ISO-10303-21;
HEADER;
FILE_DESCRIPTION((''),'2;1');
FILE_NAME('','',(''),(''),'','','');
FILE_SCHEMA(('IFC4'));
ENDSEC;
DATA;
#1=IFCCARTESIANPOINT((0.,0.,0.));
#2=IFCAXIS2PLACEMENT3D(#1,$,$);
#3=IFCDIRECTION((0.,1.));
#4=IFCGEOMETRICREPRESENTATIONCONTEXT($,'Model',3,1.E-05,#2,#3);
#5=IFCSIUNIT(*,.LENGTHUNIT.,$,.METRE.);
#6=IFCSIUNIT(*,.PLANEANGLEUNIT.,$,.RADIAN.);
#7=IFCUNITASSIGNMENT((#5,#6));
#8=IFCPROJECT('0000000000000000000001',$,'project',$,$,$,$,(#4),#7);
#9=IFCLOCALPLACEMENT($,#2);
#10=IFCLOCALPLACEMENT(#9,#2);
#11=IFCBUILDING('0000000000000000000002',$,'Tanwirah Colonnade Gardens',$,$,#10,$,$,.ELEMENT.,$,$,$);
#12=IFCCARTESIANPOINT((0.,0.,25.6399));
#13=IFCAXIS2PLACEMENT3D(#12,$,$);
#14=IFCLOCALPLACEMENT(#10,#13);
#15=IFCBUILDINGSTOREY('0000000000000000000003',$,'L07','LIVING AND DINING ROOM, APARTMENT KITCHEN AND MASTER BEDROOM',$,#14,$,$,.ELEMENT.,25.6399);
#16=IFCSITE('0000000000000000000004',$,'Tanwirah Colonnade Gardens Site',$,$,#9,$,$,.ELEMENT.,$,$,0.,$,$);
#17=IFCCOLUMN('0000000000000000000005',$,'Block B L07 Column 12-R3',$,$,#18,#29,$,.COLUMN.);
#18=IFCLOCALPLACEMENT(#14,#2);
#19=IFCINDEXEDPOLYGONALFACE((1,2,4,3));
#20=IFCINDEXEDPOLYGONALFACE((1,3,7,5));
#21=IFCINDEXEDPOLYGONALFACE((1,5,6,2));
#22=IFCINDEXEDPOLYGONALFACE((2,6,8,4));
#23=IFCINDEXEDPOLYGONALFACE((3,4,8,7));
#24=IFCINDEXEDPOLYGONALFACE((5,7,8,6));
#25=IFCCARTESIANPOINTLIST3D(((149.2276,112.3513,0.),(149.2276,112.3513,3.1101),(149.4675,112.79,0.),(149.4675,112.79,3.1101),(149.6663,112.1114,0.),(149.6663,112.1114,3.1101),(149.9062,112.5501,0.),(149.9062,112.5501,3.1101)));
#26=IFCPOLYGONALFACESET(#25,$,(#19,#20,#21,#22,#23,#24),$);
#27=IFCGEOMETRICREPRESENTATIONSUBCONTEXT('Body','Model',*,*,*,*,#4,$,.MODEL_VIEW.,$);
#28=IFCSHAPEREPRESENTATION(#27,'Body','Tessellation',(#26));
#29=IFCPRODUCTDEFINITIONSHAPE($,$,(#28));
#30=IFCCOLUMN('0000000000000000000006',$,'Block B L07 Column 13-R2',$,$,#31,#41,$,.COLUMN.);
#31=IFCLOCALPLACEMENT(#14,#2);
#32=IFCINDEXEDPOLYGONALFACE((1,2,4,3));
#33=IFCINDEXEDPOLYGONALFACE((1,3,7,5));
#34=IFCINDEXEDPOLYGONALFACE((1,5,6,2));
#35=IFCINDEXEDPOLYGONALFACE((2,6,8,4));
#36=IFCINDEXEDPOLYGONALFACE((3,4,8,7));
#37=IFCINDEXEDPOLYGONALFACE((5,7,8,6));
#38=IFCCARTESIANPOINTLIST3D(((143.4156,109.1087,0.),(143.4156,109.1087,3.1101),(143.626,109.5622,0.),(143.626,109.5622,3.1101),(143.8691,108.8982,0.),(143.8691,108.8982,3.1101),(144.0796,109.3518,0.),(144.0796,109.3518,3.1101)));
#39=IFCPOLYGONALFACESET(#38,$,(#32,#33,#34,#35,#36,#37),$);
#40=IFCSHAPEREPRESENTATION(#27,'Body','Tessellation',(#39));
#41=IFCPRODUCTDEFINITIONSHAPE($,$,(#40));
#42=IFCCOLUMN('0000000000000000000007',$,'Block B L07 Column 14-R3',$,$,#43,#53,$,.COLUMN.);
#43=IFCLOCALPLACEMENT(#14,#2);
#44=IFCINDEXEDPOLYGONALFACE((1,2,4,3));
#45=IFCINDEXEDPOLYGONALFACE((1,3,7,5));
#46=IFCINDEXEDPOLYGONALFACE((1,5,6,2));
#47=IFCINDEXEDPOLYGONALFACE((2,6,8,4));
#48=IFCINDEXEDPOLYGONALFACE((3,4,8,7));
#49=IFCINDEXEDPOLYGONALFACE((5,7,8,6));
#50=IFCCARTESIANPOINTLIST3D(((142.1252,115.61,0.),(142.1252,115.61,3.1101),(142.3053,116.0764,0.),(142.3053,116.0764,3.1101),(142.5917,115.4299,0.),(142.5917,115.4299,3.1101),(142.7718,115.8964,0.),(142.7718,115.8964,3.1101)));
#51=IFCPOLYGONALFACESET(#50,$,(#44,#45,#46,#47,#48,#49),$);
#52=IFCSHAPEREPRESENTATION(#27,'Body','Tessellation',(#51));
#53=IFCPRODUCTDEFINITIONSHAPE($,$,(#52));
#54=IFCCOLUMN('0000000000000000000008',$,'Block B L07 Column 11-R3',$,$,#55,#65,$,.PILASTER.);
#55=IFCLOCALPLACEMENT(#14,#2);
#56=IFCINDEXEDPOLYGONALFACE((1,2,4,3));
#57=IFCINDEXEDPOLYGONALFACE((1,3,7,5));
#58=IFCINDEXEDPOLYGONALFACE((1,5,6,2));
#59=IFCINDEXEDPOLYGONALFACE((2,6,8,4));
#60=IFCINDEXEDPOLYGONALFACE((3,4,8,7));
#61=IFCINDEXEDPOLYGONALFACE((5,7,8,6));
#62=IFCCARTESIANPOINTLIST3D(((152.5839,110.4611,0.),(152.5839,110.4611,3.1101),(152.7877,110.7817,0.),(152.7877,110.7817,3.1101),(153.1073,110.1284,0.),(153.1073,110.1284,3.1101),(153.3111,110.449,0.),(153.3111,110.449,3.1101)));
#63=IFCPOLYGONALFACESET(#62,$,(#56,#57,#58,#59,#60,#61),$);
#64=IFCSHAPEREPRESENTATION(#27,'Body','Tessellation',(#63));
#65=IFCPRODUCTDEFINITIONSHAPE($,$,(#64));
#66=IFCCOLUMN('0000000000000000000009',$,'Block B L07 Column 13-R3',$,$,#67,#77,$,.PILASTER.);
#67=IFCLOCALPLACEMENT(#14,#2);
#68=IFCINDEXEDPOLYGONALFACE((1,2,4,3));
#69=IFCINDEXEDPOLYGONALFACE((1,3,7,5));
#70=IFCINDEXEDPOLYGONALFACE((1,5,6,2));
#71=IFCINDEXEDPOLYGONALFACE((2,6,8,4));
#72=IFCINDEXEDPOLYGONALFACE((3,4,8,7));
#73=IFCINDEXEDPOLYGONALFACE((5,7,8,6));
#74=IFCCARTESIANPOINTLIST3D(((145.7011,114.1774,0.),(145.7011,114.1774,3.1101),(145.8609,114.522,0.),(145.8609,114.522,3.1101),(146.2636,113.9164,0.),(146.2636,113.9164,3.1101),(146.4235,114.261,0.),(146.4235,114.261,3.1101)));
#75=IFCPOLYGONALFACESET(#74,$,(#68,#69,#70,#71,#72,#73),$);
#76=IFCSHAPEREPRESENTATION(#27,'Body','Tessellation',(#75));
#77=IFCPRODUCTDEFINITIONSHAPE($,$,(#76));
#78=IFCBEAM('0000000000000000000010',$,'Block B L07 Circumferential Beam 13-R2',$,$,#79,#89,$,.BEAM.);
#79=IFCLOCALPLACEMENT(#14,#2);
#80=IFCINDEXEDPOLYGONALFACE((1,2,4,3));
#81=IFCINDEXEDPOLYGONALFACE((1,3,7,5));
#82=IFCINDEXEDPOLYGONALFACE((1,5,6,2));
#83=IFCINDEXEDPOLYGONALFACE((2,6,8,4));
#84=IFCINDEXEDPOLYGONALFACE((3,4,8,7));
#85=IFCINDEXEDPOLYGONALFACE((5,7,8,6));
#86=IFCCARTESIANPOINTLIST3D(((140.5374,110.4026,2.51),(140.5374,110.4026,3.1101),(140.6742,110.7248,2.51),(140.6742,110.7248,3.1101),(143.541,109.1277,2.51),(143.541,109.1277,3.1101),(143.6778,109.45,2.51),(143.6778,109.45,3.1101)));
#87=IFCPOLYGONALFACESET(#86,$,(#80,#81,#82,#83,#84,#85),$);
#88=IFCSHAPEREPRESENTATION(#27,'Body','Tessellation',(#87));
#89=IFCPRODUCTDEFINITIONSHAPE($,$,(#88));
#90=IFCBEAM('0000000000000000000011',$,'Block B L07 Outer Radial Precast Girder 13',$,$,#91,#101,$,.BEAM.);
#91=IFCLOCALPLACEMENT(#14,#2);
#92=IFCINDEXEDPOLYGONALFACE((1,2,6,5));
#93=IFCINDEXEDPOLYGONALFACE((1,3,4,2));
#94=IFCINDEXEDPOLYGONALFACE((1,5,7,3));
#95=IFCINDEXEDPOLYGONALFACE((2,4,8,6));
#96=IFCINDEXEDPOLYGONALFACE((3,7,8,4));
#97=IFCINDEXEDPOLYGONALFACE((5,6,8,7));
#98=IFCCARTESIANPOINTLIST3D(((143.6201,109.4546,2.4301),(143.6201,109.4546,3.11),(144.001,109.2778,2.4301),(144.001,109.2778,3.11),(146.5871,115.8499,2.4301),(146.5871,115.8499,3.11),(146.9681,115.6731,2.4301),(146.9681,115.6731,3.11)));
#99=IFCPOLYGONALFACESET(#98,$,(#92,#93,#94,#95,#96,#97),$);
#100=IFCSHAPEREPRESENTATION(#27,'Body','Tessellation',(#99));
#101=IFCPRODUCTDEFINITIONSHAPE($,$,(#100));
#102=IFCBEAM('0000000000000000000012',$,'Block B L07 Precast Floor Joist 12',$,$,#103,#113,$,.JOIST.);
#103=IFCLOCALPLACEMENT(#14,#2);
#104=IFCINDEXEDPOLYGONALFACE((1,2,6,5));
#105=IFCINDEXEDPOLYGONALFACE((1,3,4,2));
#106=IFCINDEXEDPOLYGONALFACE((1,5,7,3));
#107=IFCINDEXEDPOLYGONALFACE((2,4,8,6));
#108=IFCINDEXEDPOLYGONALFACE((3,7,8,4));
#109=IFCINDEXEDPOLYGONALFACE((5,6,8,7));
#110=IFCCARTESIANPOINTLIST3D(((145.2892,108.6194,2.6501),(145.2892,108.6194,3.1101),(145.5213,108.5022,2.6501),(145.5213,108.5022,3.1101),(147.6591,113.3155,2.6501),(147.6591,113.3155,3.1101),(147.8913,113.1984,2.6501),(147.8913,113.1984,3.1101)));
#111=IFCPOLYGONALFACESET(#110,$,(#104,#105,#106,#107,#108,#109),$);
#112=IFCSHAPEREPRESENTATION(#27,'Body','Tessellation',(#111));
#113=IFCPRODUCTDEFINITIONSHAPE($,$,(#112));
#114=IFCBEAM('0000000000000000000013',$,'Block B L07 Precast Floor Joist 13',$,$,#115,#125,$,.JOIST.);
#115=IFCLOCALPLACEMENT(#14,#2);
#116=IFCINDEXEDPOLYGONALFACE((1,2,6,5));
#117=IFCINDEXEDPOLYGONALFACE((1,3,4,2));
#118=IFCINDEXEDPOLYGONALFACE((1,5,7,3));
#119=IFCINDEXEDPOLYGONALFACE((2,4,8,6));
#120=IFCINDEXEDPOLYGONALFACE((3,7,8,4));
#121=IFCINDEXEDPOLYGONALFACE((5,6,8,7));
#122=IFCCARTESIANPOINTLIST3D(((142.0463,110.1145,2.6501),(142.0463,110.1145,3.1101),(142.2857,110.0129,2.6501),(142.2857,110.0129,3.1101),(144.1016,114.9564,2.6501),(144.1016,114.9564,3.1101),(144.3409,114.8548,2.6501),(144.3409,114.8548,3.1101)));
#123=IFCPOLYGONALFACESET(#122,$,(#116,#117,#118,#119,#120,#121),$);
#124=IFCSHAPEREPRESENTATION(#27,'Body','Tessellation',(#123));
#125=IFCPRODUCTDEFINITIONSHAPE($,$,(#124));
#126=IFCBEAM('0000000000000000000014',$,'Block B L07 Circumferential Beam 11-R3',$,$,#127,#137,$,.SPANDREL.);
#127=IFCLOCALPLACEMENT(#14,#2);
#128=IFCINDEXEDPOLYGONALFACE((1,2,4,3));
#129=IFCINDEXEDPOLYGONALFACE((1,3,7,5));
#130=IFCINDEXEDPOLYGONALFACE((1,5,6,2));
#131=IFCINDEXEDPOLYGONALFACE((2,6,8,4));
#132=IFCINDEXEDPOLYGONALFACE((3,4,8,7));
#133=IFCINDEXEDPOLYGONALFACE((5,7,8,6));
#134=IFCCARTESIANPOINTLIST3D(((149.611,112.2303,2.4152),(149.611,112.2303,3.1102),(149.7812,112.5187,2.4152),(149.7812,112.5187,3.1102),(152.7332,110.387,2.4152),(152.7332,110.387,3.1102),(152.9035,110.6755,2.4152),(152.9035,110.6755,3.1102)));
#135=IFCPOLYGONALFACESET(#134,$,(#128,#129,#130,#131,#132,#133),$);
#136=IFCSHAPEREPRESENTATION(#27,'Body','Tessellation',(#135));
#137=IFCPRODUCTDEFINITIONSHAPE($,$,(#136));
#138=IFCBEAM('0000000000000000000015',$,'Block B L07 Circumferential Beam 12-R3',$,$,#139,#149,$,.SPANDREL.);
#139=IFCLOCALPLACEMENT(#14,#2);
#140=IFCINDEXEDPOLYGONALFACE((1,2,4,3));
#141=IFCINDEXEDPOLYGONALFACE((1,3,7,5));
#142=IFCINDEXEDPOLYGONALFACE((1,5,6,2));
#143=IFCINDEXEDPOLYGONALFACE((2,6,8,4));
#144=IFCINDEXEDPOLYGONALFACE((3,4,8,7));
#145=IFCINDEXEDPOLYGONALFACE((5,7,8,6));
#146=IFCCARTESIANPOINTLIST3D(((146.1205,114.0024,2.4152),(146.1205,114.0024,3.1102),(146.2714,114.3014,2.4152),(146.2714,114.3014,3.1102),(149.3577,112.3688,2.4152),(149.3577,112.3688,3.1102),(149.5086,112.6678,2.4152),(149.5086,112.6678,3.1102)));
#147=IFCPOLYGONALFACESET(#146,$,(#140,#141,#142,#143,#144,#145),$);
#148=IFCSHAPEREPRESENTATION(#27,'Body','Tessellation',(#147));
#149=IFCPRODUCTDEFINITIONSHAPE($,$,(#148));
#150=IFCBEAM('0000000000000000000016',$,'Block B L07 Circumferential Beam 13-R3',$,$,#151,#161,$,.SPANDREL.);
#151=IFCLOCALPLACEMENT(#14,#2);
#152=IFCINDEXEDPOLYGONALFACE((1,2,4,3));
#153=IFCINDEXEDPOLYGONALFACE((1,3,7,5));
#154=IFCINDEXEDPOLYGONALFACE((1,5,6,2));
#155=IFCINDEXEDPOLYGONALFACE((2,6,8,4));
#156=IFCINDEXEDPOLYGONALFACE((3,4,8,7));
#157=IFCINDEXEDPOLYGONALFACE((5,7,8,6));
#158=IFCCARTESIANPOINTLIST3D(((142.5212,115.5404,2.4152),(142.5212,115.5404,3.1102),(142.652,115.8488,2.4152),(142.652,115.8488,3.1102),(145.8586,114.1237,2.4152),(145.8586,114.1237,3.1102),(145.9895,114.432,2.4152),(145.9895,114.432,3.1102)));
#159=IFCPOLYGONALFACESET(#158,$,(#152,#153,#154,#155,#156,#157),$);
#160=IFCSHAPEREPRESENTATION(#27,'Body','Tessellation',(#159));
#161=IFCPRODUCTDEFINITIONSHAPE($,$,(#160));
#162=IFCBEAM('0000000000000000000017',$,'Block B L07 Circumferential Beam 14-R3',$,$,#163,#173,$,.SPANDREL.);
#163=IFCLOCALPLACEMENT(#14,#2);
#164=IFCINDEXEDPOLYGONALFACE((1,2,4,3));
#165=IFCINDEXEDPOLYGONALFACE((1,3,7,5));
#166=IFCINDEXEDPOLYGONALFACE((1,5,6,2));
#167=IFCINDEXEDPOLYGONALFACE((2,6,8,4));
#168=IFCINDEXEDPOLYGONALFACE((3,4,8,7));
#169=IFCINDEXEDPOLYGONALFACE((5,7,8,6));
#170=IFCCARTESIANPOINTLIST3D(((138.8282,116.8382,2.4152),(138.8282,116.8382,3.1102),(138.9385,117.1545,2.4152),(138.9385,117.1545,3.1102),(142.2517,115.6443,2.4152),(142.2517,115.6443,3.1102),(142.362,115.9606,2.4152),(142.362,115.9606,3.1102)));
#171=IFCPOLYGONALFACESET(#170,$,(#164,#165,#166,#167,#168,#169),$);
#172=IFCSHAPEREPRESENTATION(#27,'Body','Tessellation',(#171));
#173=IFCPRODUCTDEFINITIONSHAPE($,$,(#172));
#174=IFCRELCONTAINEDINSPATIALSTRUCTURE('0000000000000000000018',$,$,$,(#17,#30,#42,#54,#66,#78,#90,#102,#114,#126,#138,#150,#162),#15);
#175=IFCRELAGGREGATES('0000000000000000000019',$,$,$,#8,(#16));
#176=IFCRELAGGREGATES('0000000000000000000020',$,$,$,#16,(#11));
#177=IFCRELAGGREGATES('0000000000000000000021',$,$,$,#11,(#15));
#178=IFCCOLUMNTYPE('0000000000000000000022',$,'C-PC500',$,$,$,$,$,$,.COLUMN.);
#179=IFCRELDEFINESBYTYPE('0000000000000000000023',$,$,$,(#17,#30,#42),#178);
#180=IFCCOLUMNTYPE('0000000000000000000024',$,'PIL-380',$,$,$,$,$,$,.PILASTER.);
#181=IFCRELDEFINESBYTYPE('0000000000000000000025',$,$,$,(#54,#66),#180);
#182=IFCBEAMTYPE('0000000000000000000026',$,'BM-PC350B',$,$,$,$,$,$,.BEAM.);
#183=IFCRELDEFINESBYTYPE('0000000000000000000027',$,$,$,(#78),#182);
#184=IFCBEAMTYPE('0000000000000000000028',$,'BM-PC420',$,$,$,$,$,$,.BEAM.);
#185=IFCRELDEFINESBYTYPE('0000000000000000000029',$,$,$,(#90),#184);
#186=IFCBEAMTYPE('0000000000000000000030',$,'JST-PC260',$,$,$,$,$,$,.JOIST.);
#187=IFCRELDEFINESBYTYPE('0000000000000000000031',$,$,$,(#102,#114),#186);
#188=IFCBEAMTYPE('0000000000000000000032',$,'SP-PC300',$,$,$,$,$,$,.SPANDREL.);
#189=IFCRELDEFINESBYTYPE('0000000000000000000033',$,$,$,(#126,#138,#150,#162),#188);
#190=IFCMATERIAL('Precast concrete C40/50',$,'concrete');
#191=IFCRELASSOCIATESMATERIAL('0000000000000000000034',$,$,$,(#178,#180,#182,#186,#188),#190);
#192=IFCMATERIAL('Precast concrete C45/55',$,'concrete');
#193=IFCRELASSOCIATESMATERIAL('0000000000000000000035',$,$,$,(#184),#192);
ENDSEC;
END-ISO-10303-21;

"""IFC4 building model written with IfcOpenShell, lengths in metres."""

from ifc_helpers import new_model, si_unit, direction, frame, origin, origin_2d, place, context, subcontext, project, spatial, rectangle, extrude, material, material_profile, profile_set, type_object, element, save


model = new_model("IFC4")

# Units and contexts
model_context = context("Model", 3, precision=1e-05, world=origin(), true_north=direction((0.0, 1.0)))
body_context = subcontext(model_context, "Body", "Model", "MODEL_VIEW")
ifc_project = project(units=[si_unit("LENGTHUNIT", "METRE"), si_unit("PLANEANGLEUNIT", "RADIAN")], contexts=[model_context])

# Site, building, storey
site_placement = place(None, origin())
site = spatial("IfcSite", under=ifc_project, at=site_placement, Name="Tanwirah Colonnade Gardens Site", CompositionType="ELEMENT", RefElevation=0.0)
building_placement = place(site_placement, origin())
building = spatial("IfcBuilding", under=site, at=building_placement, Name="Tanwirah Colonnade Gardens", CompositionType="ELEMENT")
storey_placement = place(building_placement, frame((0.0, 0.0, 25.6399)))
storey = spatial("IfcBuildingStorey", under=building, at=storey_placement, Name="L07", Description="LIVING AND DINING ROOM, APARTMENT KITCHEN AND MASTER BEDROOM", CompositionType="ELEMENT", Elevation=25.6399)

# Columns
ifc_material_1 = material(Name="Precast concrete C40/50", Category="concrete")
ifc_material_profile_1 = material_profile(ifc_material_1, rectangle(XDim=0.5, YDim=0.5, at=origin_2d()), Name="PC-COL 500x500")
ifc_profile_set_1 = profile_set([ifc_material_profile_1], Name="Precast concrete C40/50")
column_type_1 = type_object("IfcColumnType", Name="C-PC500", PredefinedType="COLUMN", material=ifc_profile_set_1)
for number, where, z_axis, x_axis, name in (
    (1, (149.5669, 112.4507, 0.0), (0.0, 0.0, 1.0), (0.479713, 0.877425, 0.0), "Block B L07 Column 12-R3"),
    (2, (143.7476, 109.2302, 0.0), (0.0, 0.0, 1.0), (0.42086, 0.907126, 0.0), "Block B L07 Column 13-R2"),
    (3, (142.4485, 115.7532, 0.0), (0.0, 0.0, 1.0), (0.360178, 0.932884, 0.0), "Block B L07 Column 14-R3"),
):
    element("IfcColumn", number, at=place(storey_placement, frame(where, z_axis=z_axis, x_axis=x_axis)), inside=storey, type_object=column_type_1, Name=name, PredefinedType="COLUMN", context=body_context, shape_type="SweptSolid", body=[
        extrude(rectangle(XDim=0.5, YDim=0.5, at=origin_2d()), origin(), (0.0, 0.0, 1.0), 3.1101),
    ])
ifc_material_profile_2 = material_profile(ifc_material_1, rectangle(XDim=0.3799, YDim=0.6201, at=origin_2d()), Name="PC-PIL 380x620")
ifc_profile_set_2 = profile_set([ifc_material_profile_2], Name="Precast concrete C40/50")
column_type_2 = type_object("IfcColumnType", Name="PIL-380", PredefinedType="PILASTER", material=ifc_profile_set_2)
for number, where, z_axis, x_axis, name in (
    (4, (152.9475, 110.4551, 0.0), (0.0, 0.0, 1.0), (0.536482, 0.843912, 0.0), "Block B L07 Column 11-R3"),
    (5, (146.0623, 114.2192, 0.0), (0.0, 0.0, 1.0), (0.42086, 0.907126, 0.0), "Block B L07 Column 13-R3"),
):
    element("IfcColumn", number, at=place(storey_placement, frame(where, z_axis=z_axis, x_axis=x_axis)), inside=storey, type_object=column_type_2, Name=name, PredefinedType="PILASTER", context=body_context, shape_type="SweptSolid", body=[
        extrude(rectangle(XDim=0.3799, YDim=0.6201, at=origin_2d()), origin(), (0.0, 0.0, 1.0), 3.1101),
    ])

# Beams
ifc_material_profile_3 = material_profile(ifc_material_1, rectangle(XDim=0.3501, YDim=0.6001, at=origin_2d()), Name="PC-BM 350x600")
ifc_profile_set_3 = profile_set([ifc_material_profile_3], Name="Precast concrete C40/50")
beam_type_1 = type_object("IfcBeamType", Name="BM-PC350B", PredefinedType="BEAM", material=ifc_profile_set_3)
beam_1_placement = place(storey_placement, frame((143.6094, 109.2888, 2.8101), z_axis=(-0.920513, 0.390711, 0.0), x_axis=(-0.390711, -0.920513, 0.0)))
element("IfcBeam", 6, at=beam_1_placement, inside=storey, type_object=beam_type_1, Name="Block B L07 Circumferential Beam 13-R2", PredefinedType="BEAM", context=body_context, shape_type="SweptSolid", body=[
    extrude(rectangle(XDim=0.3501, YDim=0.6001, at=origin_2d()), origin(), (0.0, 0.0, 1.0), 3.2629),
])
ifc_material_2 = material(Name="Precast concrete C45/55", Category="concrete")
ifc_material_profile_4 = material_profile(ifc_material_2, rectangle(XDim=0.4199, YDim=0.6799, at=origin_2d()), Name="PC-BM 420x680")
ifc_profile_set_4 = profile_set([ifc_material_profile_4], Name="Precast concrete C45/55")
beam_type_2 = type_object("IfcBeamType", Name="BM-PC420", PredefinedType="BEAM", material=ifc_profile_set_4)
beam_2_placement = place(storey_placement, frame((143.8105, 109.3662, 2.77), z_axis=(0.420856, 0.907128, 0.0), x_axis=(-0.907128, 0.420856, 0.0)))
element("IfcBeam", 7, at=beam_2_placement, inside=storey, type_object=beam_type_2, Name="Block B L07 Outer Radial Precast Girder 13", PredefinedType="BEAM", context=body_context, shape_type="SweptSolid", body=[
    extrude(rectangle(XDim=0.4199, YDim=0.6799, at=origin_2d()), origin(), (0.0, 0.0, 1.0), 7.05),
])
ifc_material_profile_5 = material_profile(ifc_material_1, rectangle(XDim=0.26, YDim=0.46, at=origin_2d()), Name="PC-JST 260x460")
ifc_profile_set_5 = profile_set([ifc_material_profile_5], Name="Precast concrete C40/50")
beam_type_3 = type_object("IfcBeamType", Name="JST-PC260", PredefinedType="JOIST", material=ifc_profile_set_5)
beam_3_placement = place(storey_placement, frame((145.4053, 108.5608, 2.8801), z_axis=(0.450534, 0.892759, 0.0), x_axis=(-0.892759, 0.450534, 0.0)))
element("IfcBeam", 8, at=beam_3_placement, inside=storey, type_object=beam_type_3, Name="Block B L07 Precast Floor Joist 12", PredefinedType="JOIST", context=body_context, shape_type="SweptSolid", body=[
    extrude(rectangle(XDim=0.26, YDim=0.46, at=origin_2d()), origin(), (0.0, 0.0, 1.0), 5.2603),
])
beam_4_placement = place(storey_placement, frame((142.166, 110.0637, 2.8801), z_axis=(0.390724, 0.920508, 0.0), x_axis=(-0.920508, 0.390724, 0.0)))
element("IfcBeam", 9, at=beam_4_placement, inside=storey, type_object=beam_type_3, Name="Block B L07 Precast Floor Joist 13", PredefinedType="JOIST", context=body_context, shape_type="SweptSolid", body=[
    extrude(rectangle(XDim=0.26, YDim=0.46, at=origin_2d()), origin(), (0.0, 0.0, 1.0), 5.26),
])
ifc_material_profile_6 = material_profile(ifc_material_1, rectangle(XDim=0.335, YDim=0.6951, at=origin_2d()), Name="PC-SP 335x695")
ifc_profile_set_6 = profile_set([ifc_material_profile_6], Name="Precast concrete C40/50")
beam_type_4 = type_object("IfcBeamType", Name="SP-PC300", PredefinedType="SPANDREL", material=ifc_profile_set_6)
beam_5_placement = place(storey_placement, frame((152.8184, 110.5312, 2.7627), z_axis=(-0.861137, 0.508373, 0.0), x_axis=(-0.508373, -0.861137, 0.0)))
element("IfcBeam", 10, at=beam_5_placement, inside=storey, type_object=beam_type_4, Name="Block B L07 Circumferential Beam 11-R3", PredefinedType="SPANDREL", context=body_context, shape_type="SweptSolid", body=[
    extrude(rectangle(XDim=0.335, YDim=0.6951, at=origin_2d()), origin(), (0.0, 0.0, 1.0), 3.6257),
])
beam_6_placement = place(storey_placement, frame((149.4331, 112.5183, 2.7627), z_axis=(-0.892765, 0.450523, 0.0), x_axis=(-0.450523, -0.892765, 0.0)))
element("IfcBeam", 11, at=beam_6_placement, inside=storey, type_object=beam_type_4, Name="Block B L07 Circumferential Beam 12-R3", PredefinedType="SPANDREL", context=body_context, shape_type="SweptSolid", body=[
    extrude(rectangle(XDim=0.335, YDim=0.6951, at=origin_2d()), origin(), (0.0, 0.0, 1.0), 3.626),
])
for number, where, z_axis, x_axis, name in (
    (12, (145.9241, 114.2778, 2.7627), (-0.920494, 0.390756, 0.0), (-0.390756, -0.920494, 0.0), "Block B L07 Circumferential Beam 13-R3"),
    (13, (142.3069, 115.8025, 2.7627), (-0.944237, 0.329267, 0.0), (-0.329267, -0.944237, 0.0), "Block B L07 Circumferential Beam 14-R3"),
):
    element("IfcBeam", number, at=place(storey_placement, frame(where, z_axis=z_axis, x_axis=x_axis)), inside=storey, type_object=beam_type_4, Name=name, PredefinedType="SPANDREL", context=body_context, shape_type="SweptSolid", body=[
        extrude(rectangle(XDim=0.335, YDim=0.6951, at=origin_2d()), origin(), (0.0, 0.0, 1.0), 3.6257),
    ])

save(model, "model.ifc")
